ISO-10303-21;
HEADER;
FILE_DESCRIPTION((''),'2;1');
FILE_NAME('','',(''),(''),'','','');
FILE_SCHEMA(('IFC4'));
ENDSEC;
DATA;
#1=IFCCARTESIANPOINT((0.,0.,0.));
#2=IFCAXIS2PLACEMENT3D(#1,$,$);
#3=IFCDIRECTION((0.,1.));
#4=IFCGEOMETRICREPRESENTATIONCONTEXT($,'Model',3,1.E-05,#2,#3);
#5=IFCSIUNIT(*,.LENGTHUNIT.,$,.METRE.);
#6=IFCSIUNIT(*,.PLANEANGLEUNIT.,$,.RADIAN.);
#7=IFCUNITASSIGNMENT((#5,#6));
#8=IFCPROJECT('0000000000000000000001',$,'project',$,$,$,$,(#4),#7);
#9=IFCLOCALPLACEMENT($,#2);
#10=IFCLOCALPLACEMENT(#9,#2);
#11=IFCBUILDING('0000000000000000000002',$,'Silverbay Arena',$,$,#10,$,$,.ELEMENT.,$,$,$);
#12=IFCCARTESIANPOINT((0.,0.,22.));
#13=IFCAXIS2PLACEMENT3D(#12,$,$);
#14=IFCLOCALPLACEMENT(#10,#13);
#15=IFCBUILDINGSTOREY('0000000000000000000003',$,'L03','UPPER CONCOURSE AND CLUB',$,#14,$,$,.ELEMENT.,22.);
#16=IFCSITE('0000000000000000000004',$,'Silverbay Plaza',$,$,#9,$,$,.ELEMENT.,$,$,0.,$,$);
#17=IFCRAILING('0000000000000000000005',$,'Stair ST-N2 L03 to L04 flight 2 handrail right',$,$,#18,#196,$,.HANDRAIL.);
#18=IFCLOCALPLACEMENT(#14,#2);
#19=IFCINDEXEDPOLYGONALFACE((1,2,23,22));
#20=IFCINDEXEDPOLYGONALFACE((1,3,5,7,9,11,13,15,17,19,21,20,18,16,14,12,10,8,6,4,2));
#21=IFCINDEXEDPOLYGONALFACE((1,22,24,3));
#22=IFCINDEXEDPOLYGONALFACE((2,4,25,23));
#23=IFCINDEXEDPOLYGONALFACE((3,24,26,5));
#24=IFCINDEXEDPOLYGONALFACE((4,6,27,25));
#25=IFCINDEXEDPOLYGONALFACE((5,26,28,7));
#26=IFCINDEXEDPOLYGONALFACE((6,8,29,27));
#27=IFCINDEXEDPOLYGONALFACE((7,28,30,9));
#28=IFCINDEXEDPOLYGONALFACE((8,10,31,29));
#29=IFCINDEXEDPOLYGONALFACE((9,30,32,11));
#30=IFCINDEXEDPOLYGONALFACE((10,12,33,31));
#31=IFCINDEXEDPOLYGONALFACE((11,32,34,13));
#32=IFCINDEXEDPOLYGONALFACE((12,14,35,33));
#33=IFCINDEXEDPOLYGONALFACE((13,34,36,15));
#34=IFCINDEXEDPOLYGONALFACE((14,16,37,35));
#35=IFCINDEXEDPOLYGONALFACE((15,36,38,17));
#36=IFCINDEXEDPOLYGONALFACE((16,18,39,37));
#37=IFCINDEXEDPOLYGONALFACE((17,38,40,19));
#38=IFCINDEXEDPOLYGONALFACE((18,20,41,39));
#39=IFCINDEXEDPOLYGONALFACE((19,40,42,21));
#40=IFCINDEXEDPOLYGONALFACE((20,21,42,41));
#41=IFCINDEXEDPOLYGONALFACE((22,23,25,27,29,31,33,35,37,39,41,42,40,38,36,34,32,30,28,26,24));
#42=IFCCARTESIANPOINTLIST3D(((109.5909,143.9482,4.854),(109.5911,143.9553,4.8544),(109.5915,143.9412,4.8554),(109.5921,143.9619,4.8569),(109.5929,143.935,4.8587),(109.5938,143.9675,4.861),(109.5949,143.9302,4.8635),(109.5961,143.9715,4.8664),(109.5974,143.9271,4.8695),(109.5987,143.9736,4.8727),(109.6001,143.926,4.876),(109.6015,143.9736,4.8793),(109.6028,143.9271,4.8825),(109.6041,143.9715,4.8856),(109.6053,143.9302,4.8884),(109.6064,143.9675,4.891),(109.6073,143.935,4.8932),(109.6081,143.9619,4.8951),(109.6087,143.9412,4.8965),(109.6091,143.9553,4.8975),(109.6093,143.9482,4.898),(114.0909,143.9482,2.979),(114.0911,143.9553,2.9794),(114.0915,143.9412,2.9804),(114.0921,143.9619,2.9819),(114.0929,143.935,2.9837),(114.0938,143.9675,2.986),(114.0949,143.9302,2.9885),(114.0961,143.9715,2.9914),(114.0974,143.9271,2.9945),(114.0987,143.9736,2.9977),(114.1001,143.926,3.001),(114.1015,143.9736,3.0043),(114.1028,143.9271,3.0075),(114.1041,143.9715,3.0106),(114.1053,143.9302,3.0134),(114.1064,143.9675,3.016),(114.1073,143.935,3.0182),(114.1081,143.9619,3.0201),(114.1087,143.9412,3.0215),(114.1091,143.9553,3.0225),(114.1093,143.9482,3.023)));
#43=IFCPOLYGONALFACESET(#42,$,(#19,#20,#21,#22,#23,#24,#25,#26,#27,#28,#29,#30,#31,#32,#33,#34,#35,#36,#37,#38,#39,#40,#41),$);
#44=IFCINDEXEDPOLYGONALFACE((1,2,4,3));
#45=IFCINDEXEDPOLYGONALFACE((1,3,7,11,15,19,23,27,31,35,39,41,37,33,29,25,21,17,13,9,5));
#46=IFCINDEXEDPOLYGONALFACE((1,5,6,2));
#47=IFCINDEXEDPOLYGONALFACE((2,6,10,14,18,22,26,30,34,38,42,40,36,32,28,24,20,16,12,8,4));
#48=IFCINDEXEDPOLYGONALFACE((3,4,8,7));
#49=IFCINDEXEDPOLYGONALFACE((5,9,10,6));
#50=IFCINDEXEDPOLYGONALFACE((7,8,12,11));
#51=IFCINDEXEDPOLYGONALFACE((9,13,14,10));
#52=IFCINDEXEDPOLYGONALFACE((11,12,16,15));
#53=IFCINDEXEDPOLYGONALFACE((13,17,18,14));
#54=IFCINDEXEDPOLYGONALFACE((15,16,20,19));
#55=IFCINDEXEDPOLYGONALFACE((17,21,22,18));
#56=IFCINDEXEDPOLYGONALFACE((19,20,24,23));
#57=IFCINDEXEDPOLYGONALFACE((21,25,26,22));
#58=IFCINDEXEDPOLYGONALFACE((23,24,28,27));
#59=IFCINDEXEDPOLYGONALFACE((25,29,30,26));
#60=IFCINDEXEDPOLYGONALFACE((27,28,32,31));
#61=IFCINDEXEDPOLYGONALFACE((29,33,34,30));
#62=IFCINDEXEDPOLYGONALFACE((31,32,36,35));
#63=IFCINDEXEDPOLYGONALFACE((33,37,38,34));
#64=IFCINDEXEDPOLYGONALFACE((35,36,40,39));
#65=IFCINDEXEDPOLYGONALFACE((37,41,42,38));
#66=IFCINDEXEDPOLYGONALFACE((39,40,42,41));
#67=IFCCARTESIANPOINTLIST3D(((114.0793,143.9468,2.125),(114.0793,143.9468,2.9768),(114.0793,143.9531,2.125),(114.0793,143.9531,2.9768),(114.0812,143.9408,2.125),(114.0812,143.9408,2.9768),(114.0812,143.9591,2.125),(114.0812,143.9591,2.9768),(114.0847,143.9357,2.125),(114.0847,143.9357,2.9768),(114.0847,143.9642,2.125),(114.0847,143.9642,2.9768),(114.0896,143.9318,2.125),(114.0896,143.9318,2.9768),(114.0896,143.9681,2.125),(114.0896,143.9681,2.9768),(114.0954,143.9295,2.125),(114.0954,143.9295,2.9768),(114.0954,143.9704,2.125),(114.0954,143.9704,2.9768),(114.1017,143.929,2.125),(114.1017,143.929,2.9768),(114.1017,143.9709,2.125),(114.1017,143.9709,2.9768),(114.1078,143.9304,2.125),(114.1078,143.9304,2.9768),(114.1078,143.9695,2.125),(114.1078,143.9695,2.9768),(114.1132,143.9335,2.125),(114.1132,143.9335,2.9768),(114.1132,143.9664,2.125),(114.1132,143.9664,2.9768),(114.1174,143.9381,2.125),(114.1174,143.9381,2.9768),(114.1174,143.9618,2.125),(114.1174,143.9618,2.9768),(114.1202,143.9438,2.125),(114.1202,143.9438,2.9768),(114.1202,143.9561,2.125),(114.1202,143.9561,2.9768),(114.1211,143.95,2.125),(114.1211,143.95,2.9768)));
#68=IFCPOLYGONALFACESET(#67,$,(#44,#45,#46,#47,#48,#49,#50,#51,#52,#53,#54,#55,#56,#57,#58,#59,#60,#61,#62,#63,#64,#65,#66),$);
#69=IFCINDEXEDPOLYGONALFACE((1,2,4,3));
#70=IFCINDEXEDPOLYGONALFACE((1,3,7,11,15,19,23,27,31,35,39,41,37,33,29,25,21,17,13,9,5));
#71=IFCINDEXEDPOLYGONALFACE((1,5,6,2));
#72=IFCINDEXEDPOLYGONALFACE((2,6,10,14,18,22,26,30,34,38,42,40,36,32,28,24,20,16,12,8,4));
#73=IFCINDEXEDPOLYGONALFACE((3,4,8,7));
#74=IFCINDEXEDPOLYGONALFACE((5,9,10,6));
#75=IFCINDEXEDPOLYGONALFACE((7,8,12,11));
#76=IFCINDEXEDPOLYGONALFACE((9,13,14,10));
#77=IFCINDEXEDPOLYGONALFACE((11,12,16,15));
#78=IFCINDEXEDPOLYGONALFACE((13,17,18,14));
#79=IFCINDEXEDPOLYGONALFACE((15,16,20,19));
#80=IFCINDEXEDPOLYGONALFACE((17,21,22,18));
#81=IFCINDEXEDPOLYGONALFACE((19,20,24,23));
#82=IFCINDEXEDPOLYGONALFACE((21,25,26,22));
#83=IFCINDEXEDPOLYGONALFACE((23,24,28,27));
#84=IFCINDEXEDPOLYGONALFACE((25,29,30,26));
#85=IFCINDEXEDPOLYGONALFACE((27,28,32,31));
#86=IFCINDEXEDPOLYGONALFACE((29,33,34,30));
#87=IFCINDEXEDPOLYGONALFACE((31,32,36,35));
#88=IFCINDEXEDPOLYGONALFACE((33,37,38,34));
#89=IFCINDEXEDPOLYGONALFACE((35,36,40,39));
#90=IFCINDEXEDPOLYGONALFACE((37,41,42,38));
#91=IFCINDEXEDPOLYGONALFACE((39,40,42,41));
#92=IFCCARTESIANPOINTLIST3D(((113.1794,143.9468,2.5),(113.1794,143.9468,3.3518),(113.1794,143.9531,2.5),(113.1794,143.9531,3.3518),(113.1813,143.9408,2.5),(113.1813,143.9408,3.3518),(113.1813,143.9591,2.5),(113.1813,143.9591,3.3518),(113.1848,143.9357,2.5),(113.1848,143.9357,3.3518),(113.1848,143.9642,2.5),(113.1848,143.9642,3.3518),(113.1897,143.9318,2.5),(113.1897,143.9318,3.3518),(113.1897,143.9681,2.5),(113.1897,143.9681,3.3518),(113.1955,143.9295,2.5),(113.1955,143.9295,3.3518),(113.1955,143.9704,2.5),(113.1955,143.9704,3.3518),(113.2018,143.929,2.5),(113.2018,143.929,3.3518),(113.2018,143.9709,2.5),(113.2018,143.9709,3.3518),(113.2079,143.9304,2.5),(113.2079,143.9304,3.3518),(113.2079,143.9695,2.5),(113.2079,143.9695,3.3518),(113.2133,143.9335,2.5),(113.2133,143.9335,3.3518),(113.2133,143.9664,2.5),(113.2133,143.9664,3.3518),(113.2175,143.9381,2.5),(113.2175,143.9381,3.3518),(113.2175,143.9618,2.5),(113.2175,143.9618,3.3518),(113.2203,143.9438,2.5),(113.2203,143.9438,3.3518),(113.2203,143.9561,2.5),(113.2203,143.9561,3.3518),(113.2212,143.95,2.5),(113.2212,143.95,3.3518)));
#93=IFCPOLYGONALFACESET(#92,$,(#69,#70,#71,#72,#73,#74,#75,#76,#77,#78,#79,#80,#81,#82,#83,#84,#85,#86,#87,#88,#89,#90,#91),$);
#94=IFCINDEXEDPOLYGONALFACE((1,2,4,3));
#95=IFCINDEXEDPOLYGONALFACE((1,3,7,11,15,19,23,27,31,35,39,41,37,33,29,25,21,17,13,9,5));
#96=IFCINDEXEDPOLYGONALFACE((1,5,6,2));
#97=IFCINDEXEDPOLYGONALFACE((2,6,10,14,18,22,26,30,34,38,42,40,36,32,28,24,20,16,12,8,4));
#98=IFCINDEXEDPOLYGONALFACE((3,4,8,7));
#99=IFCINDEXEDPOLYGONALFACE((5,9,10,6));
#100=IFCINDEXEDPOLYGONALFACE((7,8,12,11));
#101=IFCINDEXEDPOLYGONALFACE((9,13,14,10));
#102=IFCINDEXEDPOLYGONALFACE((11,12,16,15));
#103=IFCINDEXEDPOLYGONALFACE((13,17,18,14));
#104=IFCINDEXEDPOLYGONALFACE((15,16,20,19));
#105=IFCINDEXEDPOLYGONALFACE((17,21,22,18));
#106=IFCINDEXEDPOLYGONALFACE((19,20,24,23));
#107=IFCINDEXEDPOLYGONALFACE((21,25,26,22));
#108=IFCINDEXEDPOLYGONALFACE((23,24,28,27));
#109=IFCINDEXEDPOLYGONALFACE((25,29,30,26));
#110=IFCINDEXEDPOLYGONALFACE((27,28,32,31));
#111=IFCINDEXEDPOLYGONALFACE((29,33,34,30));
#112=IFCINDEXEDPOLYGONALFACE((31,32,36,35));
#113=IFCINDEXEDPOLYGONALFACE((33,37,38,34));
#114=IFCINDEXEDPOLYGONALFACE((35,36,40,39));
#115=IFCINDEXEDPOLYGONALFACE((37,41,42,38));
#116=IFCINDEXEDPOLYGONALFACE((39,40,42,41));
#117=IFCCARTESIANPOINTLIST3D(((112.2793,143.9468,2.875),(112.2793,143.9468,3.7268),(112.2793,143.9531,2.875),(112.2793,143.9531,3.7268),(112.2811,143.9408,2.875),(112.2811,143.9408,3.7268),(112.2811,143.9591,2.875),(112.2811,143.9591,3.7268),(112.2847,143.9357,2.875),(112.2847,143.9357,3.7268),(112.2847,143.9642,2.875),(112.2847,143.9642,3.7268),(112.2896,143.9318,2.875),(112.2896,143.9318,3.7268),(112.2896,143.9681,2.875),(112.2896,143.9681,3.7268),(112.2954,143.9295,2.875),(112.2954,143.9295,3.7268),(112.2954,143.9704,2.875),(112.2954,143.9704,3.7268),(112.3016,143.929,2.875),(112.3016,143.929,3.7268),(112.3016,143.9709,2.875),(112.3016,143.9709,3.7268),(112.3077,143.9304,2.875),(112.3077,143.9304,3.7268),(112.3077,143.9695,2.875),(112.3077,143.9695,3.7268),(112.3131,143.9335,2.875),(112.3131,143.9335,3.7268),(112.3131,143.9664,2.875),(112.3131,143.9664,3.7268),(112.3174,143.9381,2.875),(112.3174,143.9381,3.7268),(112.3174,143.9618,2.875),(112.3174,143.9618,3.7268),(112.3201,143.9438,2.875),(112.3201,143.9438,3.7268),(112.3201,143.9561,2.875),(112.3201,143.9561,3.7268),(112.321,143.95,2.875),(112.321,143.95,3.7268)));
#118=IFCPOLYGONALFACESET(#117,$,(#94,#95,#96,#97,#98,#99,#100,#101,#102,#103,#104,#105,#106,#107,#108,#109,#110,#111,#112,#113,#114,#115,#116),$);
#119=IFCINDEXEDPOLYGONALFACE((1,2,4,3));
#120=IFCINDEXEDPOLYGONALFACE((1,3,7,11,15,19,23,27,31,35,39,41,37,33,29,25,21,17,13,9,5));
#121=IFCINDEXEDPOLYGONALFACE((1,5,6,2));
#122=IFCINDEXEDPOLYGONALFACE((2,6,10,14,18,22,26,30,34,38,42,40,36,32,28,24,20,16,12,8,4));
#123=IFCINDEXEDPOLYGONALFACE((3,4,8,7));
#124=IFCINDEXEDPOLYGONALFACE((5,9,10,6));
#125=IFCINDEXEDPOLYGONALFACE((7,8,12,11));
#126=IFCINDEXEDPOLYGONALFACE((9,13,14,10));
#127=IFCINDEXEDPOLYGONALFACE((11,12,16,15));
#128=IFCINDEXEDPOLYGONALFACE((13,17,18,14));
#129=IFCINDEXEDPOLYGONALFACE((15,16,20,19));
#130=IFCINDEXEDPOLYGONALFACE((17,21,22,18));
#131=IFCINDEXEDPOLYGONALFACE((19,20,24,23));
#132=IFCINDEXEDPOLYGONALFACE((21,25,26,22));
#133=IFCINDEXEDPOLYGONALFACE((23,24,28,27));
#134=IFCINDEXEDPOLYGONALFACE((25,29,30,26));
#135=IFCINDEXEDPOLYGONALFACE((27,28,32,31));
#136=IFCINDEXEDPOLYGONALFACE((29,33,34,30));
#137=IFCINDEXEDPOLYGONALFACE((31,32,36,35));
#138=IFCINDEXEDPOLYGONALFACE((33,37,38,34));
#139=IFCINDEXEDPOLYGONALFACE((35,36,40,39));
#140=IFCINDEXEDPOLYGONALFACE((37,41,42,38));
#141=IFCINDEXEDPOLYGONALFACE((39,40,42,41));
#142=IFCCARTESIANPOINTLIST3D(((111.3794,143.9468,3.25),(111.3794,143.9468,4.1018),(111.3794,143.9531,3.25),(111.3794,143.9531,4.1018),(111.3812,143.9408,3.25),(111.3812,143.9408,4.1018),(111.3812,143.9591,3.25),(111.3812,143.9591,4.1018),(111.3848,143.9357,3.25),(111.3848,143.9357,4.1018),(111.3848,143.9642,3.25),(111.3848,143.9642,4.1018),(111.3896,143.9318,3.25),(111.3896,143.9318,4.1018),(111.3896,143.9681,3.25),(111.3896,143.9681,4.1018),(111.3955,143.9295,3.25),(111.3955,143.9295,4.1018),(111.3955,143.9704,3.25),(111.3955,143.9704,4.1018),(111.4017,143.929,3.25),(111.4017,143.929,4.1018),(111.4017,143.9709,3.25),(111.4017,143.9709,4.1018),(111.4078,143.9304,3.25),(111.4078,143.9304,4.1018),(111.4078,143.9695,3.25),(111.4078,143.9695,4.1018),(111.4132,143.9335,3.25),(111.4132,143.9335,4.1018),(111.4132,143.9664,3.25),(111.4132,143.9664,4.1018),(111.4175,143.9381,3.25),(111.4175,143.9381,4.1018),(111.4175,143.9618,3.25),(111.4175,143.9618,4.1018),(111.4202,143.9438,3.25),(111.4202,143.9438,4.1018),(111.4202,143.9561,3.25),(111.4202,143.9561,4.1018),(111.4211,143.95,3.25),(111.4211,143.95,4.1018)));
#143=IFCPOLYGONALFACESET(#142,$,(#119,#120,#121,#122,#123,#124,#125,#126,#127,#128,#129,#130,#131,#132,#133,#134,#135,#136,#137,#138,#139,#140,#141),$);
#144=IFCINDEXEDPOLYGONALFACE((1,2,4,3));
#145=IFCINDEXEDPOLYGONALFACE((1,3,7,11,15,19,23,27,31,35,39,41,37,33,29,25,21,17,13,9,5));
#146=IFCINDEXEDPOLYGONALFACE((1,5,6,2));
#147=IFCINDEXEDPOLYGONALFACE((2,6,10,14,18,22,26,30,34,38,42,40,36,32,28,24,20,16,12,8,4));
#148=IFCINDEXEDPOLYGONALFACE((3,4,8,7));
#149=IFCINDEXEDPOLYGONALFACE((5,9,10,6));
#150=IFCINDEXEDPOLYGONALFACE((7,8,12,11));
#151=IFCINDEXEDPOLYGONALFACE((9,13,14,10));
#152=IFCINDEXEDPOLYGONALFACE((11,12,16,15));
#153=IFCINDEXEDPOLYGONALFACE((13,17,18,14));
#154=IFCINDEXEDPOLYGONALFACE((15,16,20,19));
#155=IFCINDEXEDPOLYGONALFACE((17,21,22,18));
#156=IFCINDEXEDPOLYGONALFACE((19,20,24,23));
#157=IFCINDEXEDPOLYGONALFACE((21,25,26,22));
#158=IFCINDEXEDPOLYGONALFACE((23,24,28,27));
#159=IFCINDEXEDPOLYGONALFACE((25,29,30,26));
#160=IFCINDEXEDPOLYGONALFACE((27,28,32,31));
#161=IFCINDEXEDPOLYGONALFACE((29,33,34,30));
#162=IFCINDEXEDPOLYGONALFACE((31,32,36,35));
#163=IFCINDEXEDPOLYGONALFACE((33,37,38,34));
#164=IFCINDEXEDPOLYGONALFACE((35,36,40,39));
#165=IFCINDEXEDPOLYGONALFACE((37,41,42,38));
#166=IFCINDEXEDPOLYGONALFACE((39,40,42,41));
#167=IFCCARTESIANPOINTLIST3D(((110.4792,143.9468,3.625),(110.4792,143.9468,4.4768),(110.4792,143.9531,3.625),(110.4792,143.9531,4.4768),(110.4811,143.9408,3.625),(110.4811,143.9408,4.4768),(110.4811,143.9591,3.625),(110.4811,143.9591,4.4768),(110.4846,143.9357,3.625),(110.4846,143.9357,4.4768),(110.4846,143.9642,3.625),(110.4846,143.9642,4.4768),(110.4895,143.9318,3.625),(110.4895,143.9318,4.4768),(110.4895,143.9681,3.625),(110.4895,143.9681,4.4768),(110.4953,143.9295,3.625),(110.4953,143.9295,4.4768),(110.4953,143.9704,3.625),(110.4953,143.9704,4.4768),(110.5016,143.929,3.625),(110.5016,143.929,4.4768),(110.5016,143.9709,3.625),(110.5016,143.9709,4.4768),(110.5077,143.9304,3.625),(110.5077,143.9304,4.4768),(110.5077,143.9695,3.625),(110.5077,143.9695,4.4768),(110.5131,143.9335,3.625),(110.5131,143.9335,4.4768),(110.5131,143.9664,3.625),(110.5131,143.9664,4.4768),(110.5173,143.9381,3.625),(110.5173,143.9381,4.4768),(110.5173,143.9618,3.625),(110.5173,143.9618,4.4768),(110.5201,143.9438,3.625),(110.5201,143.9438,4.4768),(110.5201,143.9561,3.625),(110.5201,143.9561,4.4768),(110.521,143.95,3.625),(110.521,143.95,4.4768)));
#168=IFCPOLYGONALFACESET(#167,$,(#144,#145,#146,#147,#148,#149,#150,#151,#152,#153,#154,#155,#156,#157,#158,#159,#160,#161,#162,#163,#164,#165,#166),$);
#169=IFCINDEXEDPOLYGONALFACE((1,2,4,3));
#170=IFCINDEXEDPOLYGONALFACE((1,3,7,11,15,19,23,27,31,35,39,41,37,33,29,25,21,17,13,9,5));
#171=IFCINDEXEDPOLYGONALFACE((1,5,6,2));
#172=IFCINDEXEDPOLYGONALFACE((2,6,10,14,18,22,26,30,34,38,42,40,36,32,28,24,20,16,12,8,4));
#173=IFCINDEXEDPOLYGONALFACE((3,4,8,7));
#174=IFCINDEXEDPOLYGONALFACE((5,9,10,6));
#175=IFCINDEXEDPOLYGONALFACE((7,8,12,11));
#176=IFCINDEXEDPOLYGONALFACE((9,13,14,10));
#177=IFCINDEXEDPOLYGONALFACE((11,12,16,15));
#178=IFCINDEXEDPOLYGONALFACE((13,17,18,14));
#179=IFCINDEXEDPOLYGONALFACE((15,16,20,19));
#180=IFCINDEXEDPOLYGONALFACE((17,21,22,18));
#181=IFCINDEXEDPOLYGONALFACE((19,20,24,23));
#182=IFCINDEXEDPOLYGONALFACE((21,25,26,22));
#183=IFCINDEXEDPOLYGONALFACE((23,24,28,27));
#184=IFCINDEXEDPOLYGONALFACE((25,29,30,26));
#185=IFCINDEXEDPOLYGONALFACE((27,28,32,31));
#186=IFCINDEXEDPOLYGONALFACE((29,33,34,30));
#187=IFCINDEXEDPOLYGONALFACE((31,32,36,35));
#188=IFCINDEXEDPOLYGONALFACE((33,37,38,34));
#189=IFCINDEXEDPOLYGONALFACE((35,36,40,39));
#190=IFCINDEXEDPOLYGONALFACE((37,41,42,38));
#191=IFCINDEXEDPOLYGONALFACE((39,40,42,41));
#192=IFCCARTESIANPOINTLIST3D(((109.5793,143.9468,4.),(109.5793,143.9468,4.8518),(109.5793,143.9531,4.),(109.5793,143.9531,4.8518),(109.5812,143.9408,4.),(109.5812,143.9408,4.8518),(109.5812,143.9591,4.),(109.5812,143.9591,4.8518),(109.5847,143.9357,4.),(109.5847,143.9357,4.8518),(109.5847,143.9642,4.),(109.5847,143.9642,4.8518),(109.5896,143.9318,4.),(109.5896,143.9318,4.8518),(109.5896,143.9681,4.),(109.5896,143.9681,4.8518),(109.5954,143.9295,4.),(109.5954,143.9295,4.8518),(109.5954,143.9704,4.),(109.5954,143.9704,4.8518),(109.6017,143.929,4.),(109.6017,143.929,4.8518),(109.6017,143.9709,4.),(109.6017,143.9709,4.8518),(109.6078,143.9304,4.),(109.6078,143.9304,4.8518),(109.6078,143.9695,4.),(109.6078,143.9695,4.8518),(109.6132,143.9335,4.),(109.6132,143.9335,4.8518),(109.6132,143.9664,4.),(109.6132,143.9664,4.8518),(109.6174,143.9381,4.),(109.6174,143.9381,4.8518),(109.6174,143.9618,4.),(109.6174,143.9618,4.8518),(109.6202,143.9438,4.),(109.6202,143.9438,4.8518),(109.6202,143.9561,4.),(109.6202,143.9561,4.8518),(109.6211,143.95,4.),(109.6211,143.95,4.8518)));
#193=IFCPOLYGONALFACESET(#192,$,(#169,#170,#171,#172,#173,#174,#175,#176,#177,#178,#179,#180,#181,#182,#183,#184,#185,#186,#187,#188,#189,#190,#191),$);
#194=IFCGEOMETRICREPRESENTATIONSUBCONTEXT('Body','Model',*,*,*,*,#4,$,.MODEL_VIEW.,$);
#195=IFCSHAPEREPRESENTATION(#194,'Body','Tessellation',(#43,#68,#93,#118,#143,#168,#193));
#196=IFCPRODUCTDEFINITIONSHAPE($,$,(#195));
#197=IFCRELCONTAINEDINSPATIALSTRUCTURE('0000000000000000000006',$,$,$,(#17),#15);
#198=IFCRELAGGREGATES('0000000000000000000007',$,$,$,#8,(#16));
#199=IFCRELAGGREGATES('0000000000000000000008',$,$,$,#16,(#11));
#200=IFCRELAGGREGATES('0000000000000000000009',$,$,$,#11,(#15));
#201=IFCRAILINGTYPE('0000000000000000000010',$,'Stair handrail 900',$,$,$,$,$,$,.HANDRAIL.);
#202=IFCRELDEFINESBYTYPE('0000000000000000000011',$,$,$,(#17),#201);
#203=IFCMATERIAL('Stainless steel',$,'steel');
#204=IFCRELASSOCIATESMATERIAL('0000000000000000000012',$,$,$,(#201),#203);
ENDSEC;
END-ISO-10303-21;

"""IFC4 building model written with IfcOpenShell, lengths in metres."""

from ifc_helpers import new_model, si_unit, direction, frame, origin, origin_2d, place, context, subcontext, project, spatial, circle, extrude, material, type_object, element, save


model = new_model("IFC4")

# Units and contexts
model_context = context("Model", 3, precision=1e-05, world=origin(), true_north=direction((0.0, 1.0)))
body_context = subcontext(model_context, "Body", "Model", "MODEL_VIEW")
ifc_project = project(units=[si_unit("LENGTHUNIT", "METRE"), si_unit("PLANEANGLEUNIT", "RADIAN")], contexts=[model_context])

# Site, building, storey
site_placement = place(None, origin())
site = spatial("IfcSite", under=ifc_project, at=site_placement, Name="Silverbay Plaza", CompositionType="ELEMENT", RefElevation=0.0)
building_placement = place(site_placement, origin())
building = spatial("IfcBuilding", under=site, at=building_placement, Name="Silverbay Arena", CompositionType="ELEMENT")
storey_placement = place(building_placement, frame((0.0, 0.0, 22.0)))
storey = spatial("IfcBuildingStorey", under=building, at=storey_placement, Name="L03", Description="UPPER CONCOURSE AND CLUB", CompositionType="ELEMENT", Elevation=22.0)

# Railing
ifc_material_1 = material(Name="Stainless steel", Category="steel")
railing_type_1 = type_object("IfcRailingType", Name="Stair handrail 900", PredefinedType="HANDRAIL", material=ifc_material_1)
for number, where, name in (
    (1, (114.1001, 143.95, 2.125), "Stair ST-N2 L03 to L04 flight 2 handrail right"),
):
    element("IfcRailing", number, at=place(storey_placement, frame(where)), inside=storey, type_object=railing_type_1, Name=name, PredefinedType="HANDRAIL", context=body_context, shape_type="SweptSolid", body=[
        extrude(circle(Radius=0.0239, at=origin_2d()), frame((0.0, 0.0, 0.876), z_axis=(-0.923077, 0.0, 0.384615), x_axis=(0.0, -1.0, 0.0)), (0.0, 0.0, 1.0), 4.875),
        extrude(circle(Radius=0.021, at=origin_2d()), origin(), (0.0, 0.0, 1.0), 0.8518),
        extrude(circle(Radius=0.021, at=origin_2d()), frame((-0.8999, 0.0, 0.375)), (0.0, 0.0, 1.0), 0.8518),
        extrude(circle(Radius=0.021, at=origin_2d()), frame((-1.8, 0.0, 0.75)), (0.0, 0.0, 1.0), 0.8518),
        extrude(circle(Radius=0.021, at=origin_2d()), frame((-2.7, 0.0, 1.125)), (0.0, 0.0, 1.0), 0.8518),
        extrude(circle(Radius=0.021, at=origin_2d()), frame((-3.6001, 0.0, 1.5)), (0.0, 0.0, 1.0), 0.8518),
        extrude(circle(Radius=0.021, at=origin_2d()), frame((-4.5, 0.0, 1.875)), (0.0, 0.0, 1.0), 0.8518),
    ])

save(model, "model.ifc")
